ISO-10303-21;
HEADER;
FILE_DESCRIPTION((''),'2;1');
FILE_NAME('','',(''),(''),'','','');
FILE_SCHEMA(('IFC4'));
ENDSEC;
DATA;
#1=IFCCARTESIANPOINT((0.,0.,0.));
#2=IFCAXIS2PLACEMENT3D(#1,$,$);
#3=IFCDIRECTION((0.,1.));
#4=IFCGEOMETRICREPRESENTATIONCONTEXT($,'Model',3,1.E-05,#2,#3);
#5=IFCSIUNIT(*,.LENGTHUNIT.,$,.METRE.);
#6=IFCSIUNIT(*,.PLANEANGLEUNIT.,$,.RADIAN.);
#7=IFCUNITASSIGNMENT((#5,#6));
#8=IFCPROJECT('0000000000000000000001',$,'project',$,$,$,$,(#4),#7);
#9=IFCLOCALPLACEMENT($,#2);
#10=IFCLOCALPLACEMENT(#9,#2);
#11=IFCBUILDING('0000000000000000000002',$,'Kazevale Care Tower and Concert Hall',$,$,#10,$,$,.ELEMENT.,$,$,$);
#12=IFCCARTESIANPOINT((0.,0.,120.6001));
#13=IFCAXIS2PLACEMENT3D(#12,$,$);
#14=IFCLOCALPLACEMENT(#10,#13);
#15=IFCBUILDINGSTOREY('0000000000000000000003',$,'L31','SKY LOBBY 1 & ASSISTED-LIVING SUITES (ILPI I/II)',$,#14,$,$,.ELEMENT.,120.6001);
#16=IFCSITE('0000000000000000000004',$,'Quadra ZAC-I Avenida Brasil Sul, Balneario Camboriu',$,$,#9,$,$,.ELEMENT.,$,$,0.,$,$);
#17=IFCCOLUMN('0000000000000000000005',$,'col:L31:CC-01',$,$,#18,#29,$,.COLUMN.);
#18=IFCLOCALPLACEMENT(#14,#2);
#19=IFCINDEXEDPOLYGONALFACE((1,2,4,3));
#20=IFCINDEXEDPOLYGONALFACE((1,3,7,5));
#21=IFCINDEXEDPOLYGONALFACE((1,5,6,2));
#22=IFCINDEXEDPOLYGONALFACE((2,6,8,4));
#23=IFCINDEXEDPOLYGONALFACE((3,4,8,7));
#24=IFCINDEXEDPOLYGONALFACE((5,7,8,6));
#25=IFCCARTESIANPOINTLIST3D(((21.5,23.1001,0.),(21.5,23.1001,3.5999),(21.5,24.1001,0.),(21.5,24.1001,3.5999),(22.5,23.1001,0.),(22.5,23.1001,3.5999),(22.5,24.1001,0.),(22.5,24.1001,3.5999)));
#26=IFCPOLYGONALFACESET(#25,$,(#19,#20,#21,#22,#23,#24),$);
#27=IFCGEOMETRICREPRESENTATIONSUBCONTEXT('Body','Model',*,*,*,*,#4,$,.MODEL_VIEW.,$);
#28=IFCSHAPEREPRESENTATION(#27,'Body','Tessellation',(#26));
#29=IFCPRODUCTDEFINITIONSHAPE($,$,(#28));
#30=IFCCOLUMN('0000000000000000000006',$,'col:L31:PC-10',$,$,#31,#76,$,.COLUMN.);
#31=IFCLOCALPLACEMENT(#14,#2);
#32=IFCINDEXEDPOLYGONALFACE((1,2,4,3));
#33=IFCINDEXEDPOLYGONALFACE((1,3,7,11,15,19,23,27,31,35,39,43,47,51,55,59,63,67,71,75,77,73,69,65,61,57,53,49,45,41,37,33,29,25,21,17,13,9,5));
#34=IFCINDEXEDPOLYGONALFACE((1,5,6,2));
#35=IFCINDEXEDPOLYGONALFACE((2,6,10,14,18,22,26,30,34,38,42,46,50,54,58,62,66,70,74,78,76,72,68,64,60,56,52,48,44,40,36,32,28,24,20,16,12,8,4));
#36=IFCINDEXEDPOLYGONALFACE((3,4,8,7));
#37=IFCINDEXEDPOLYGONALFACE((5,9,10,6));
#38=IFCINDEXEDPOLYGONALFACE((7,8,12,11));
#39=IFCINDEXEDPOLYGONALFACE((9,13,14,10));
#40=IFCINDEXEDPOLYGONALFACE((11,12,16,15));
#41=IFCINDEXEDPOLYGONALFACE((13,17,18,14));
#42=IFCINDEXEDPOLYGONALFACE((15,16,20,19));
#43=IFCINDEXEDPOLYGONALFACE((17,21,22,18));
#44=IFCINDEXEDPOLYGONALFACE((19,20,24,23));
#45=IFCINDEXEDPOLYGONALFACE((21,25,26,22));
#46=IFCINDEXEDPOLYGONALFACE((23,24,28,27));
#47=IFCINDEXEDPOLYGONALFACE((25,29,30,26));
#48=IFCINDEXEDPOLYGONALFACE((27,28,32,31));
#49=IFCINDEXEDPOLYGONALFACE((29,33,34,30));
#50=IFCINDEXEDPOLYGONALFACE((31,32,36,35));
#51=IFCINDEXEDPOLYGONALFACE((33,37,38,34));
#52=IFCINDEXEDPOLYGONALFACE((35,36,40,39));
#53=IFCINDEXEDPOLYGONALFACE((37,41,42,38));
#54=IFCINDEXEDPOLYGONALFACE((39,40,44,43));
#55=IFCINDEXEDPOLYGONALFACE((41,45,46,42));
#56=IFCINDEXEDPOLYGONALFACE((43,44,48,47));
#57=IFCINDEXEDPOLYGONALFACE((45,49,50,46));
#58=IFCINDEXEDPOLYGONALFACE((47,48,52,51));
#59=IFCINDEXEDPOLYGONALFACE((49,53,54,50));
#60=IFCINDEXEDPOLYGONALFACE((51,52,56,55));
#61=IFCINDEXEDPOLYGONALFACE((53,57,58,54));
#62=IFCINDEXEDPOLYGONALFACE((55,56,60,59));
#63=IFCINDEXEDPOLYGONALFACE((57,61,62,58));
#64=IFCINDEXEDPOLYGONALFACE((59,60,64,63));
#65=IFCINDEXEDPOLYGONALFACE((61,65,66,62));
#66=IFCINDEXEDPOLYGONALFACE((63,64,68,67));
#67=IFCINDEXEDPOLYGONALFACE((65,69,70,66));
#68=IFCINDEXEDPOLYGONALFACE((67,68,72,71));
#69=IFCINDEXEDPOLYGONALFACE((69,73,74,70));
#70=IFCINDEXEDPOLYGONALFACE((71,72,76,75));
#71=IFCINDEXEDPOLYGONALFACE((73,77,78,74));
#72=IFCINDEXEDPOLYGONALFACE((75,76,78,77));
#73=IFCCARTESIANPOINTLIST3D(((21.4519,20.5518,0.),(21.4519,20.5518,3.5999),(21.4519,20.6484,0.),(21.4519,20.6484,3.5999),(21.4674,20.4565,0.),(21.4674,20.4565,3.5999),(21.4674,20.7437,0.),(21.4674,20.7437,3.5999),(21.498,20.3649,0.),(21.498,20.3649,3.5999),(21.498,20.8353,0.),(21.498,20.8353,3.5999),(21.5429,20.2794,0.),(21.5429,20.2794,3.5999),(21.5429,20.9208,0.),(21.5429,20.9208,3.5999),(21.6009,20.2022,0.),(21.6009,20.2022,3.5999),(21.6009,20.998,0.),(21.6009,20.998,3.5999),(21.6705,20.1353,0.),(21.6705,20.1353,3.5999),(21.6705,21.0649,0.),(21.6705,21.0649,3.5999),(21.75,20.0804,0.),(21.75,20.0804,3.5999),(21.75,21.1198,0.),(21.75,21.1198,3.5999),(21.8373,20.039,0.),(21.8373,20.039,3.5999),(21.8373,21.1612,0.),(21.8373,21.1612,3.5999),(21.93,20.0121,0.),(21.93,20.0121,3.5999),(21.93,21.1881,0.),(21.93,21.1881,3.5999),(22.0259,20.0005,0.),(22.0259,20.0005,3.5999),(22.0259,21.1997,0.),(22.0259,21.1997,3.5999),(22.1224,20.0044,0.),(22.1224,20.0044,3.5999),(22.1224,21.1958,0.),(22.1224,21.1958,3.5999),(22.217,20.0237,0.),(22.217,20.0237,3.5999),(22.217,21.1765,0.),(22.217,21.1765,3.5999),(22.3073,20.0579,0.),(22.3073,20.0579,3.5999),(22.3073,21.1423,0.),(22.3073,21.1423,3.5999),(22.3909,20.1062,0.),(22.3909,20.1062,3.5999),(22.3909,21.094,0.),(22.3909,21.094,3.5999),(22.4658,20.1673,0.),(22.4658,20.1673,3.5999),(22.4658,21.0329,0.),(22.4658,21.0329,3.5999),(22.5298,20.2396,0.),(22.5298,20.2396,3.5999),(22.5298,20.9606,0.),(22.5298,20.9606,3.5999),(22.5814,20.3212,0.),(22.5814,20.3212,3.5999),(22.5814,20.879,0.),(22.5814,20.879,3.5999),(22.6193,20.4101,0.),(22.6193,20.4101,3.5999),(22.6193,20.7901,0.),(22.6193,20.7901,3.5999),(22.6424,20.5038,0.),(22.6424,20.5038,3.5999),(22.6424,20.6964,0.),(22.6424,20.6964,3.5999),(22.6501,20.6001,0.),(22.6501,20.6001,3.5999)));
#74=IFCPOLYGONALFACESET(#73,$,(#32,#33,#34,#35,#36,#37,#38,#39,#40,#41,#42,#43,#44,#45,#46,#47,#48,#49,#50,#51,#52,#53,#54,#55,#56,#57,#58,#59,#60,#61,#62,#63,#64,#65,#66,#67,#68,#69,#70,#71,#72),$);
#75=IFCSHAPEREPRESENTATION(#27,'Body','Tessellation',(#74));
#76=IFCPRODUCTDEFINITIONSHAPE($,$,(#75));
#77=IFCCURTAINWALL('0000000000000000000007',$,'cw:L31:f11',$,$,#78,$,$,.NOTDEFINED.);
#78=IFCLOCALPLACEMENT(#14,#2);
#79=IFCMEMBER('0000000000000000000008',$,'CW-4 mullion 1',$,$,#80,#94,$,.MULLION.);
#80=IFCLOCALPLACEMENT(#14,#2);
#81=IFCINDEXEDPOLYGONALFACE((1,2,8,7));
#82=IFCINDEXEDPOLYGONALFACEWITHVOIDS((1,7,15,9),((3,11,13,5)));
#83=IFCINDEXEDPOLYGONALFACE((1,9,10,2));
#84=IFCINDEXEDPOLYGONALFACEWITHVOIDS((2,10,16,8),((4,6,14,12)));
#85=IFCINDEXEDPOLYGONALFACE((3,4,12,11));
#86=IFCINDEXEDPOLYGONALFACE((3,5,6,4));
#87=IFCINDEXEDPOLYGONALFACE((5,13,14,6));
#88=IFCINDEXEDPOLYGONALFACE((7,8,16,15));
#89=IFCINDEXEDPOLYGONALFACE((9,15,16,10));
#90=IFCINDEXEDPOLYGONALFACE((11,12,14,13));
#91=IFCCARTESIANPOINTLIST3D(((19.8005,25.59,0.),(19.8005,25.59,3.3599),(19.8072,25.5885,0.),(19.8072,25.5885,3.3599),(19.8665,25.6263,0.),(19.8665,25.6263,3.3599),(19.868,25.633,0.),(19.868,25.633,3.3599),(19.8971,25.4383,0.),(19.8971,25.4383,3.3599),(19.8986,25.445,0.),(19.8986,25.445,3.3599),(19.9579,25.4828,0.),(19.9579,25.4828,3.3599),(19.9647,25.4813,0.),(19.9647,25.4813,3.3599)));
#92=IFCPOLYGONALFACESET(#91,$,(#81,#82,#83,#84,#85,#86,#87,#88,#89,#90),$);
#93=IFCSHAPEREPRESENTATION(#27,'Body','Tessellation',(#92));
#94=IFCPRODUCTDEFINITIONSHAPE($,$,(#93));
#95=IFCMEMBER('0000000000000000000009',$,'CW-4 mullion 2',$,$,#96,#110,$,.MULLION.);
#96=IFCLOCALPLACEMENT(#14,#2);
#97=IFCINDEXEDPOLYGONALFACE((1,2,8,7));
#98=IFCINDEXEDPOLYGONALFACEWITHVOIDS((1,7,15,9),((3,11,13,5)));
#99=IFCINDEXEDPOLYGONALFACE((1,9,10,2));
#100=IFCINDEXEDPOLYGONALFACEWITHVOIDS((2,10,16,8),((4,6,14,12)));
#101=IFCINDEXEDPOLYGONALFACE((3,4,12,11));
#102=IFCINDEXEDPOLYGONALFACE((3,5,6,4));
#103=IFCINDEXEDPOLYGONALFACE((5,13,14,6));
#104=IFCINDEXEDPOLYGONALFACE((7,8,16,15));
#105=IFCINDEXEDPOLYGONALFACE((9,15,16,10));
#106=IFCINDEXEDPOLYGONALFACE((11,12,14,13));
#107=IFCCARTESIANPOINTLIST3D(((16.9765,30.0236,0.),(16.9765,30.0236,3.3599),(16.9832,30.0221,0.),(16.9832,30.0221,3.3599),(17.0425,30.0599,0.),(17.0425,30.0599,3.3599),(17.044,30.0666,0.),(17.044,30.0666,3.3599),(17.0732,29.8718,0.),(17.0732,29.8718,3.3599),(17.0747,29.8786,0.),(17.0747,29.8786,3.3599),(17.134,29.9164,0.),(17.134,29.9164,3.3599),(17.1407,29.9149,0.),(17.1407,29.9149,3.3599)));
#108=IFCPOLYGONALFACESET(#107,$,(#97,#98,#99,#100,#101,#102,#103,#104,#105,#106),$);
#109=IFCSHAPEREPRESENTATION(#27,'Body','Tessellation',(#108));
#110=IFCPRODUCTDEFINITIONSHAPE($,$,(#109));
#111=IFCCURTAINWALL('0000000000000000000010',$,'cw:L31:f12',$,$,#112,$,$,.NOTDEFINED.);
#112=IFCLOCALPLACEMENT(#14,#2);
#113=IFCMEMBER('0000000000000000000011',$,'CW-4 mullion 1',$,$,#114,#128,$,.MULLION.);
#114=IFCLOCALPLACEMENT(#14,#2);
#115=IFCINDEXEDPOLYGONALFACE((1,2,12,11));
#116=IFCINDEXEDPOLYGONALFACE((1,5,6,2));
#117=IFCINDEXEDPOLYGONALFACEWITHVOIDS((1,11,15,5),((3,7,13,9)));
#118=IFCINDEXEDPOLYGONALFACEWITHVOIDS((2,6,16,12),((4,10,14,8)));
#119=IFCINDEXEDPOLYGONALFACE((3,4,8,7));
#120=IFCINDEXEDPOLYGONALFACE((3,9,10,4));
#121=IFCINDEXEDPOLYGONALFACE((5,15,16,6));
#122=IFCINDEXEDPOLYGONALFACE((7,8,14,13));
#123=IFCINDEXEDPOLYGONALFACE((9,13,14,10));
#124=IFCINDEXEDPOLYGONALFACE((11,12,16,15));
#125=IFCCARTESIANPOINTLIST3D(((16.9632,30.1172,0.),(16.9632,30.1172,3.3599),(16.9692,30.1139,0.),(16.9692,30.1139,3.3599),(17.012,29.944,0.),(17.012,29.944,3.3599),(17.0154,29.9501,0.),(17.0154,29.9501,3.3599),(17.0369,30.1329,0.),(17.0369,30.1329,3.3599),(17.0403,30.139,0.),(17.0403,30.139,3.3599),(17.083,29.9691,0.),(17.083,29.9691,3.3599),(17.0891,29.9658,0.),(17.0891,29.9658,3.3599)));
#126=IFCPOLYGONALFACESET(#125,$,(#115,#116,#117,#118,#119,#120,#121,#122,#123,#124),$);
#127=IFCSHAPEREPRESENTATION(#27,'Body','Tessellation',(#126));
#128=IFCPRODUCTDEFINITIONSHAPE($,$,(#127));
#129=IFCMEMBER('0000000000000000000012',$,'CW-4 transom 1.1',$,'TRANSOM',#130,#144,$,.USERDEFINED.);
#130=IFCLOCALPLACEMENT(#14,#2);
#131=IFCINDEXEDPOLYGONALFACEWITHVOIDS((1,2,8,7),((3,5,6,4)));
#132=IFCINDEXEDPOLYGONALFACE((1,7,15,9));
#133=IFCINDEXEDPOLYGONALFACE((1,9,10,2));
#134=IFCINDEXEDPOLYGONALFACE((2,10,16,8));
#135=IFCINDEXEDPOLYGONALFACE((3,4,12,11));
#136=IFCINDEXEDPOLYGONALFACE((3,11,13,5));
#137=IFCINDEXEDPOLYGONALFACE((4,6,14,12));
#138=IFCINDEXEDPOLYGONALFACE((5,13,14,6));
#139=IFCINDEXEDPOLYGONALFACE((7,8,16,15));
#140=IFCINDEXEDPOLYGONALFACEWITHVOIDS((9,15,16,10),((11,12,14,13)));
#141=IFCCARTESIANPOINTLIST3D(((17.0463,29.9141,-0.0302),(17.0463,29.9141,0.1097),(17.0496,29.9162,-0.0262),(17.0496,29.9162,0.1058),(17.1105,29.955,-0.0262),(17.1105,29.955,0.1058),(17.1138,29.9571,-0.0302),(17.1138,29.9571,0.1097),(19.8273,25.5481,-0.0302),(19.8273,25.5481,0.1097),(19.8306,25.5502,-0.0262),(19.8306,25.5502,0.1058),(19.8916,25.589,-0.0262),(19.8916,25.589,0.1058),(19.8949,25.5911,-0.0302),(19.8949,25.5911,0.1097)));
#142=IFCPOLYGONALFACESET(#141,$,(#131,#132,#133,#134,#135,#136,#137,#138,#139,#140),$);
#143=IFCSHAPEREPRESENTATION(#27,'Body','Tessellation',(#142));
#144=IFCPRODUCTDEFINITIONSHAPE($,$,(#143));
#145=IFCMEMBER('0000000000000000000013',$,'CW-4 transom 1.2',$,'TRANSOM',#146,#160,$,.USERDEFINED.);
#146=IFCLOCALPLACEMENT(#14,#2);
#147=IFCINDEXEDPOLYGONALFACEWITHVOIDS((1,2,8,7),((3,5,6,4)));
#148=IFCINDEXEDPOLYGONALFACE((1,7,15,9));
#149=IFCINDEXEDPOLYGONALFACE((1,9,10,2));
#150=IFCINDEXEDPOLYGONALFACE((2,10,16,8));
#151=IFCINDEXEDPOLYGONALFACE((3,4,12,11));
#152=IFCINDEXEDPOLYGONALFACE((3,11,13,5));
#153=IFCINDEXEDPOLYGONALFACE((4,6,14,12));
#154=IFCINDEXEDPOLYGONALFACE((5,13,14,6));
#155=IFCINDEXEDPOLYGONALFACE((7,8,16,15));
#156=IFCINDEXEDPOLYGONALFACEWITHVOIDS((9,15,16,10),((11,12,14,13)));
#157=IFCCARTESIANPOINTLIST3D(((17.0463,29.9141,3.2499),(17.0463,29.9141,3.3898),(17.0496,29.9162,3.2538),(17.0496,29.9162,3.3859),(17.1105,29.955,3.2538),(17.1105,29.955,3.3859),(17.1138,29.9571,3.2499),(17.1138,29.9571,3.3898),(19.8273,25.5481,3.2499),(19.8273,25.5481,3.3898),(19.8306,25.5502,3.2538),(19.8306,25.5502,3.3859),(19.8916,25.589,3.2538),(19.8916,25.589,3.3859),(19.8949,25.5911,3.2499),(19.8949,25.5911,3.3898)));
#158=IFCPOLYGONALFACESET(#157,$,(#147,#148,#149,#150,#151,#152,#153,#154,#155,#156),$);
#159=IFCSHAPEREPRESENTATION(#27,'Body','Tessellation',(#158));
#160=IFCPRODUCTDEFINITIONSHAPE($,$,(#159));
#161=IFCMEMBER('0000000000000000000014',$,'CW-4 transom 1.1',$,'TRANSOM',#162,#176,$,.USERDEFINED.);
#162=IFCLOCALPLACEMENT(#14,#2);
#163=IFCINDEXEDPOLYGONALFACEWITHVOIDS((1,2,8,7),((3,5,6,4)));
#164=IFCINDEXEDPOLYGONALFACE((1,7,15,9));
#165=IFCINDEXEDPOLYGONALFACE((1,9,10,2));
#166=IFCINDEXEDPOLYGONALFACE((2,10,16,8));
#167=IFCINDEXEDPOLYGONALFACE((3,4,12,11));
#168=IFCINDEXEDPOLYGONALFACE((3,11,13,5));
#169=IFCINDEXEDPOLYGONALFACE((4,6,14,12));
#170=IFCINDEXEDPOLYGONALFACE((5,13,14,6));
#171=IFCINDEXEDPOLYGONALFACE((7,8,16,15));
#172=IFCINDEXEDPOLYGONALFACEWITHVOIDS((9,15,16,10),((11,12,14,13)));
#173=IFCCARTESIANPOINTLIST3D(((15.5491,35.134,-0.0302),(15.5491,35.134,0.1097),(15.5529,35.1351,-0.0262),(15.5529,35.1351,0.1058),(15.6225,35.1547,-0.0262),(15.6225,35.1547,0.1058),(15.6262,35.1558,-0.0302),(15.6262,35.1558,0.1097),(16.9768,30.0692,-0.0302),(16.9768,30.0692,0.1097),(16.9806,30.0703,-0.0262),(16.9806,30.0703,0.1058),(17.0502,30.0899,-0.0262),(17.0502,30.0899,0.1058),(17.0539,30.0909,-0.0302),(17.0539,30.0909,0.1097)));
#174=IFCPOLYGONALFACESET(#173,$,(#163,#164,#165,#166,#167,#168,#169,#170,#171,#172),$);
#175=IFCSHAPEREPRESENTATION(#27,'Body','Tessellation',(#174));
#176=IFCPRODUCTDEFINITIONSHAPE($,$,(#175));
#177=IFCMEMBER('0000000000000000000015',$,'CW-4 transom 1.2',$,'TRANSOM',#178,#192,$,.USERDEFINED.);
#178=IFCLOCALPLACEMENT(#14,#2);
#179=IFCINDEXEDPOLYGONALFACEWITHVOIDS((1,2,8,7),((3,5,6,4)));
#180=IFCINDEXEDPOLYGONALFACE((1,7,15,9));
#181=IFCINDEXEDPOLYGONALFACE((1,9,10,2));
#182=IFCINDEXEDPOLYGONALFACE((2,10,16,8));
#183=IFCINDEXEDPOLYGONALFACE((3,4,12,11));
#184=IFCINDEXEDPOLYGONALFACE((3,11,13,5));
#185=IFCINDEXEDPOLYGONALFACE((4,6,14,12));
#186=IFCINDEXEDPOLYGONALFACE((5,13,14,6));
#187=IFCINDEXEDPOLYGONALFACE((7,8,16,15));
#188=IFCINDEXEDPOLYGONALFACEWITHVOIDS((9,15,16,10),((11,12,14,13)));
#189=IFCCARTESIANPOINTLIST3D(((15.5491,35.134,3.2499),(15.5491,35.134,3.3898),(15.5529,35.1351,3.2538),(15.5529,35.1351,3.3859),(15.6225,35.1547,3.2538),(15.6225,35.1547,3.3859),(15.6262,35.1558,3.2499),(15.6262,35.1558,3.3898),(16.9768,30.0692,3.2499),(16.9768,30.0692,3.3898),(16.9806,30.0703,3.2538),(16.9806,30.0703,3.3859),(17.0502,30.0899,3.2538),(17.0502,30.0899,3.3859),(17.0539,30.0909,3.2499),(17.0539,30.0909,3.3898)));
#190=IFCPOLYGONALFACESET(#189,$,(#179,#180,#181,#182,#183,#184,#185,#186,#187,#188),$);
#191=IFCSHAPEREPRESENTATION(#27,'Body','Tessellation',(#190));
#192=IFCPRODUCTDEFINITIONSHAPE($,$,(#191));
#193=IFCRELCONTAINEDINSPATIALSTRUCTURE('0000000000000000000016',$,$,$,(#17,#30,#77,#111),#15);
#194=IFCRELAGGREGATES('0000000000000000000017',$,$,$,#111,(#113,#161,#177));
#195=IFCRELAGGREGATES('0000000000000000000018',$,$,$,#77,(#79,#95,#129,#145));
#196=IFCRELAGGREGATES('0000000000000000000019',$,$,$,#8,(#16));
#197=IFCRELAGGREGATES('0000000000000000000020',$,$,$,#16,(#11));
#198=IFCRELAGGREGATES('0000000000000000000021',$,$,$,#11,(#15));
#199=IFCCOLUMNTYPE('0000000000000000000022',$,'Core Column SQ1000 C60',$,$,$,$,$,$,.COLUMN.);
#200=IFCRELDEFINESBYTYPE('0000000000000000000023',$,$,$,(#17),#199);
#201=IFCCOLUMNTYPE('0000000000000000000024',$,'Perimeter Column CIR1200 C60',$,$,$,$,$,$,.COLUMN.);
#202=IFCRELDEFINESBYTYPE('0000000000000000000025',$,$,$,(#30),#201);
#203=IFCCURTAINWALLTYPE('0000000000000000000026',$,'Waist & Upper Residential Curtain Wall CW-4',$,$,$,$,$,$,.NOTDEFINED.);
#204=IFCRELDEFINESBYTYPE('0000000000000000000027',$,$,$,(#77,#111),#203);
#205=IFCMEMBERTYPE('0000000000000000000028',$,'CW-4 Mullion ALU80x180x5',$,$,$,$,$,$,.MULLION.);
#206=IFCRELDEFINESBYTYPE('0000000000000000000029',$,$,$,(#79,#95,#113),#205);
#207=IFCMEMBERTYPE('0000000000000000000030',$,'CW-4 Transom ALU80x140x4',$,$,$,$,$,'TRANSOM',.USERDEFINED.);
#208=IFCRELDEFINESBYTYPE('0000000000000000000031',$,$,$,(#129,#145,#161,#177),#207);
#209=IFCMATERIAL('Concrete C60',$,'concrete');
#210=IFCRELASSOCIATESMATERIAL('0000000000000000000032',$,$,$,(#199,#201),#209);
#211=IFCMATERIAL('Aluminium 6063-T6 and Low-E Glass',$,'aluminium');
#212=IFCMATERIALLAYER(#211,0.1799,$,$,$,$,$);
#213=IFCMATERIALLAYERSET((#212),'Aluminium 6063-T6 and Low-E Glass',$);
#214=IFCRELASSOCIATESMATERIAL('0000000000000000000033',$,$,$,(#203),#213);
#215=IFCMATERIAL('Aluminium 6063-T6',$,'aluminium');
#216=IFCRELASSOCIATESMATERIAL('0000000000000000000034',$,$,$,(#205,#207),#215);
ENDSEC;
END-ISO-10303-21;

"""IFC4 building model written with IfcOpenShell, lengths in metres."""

from ifc_helpers import new_model, si_unit, direction, frame, origin, origin_2d, place, context, subcontext, project, spatial, rectangle, hollow_rectangle, circle, extrude, material, layer, layer_set, material_profile, profile_set, type_object, element, aggregate, save


model = new_model("IFC4")

# Units and contexts
model_context = context("Model", 3, precision=1e-05, world=origin(), true_north=direction((0.0, 1.0)))
body_context = subcontext(model_context, "Body", "Model", "MODEL_VIEW")
ifc_project = project(units=[si_unit("LENGTHUNIT", "METRE"), si_unit("PLANEANGLEUNIT", "RADIAN")], contexts=[model_context])

# Site, building, storey
site_placement = place(None, origin())
site = spatial("IfcSite", under=ifc_project, at=site_placement, Name="Quadra ZAC-I Avenida Brasil Sul, Balneario Camboriu", CompositionType="ELEMENT", RefElevation=0.0)
building_placement = place(site_placement, origin())
building = spatial("IfcBuilding", under=site, at=building_placement, Name="Kazevale Care Tower and Concert Hall", CompositionType="ELEMENT")
storey_placement = place(building_placement, frame((0.0, 0.0, 120.6001)))
storey = spatial("IfcBuildingStorey", under=building, at=storey_placement, Name="L31", Description="SKY LOBBY 1 & ASSISTED-LIVING SUITES (ILPI I/II)", CompositionType="ELEMENT", Elevation=120.6001)

# Columns
ifc_material_1 = material(Name="Concrete C60", Category="concrete")
ifc_material_profile_1 = material_profile(ifc_material_1, rectangle(XDim=1.0, YDim=1.0, at=origin_2d()), Name="RC-SQ1000")
ifc_profile_set_1 = profile_set([ifc_material_profile_1], Name="Concrete C60")
column_type_1 = type_object("IfcColumnType", Name="Core Column SQ1000 C60", PredefinedType="COLUMN", material=ifc_profile_set_1)
column_1_placement = place(storey_placement, frame((22.0, 23.6001, 0.0), z_axis=(0.0, 0.0, 1.0), x_axis=(1.0, 0.0, 0.0)))
element("IfcColumn", 1, at=column_1_placement, inside=storey, type_object=column_type_1, Name="col:L31:CC-01", PredefinedType="COLUMN", context=body_context, shape_type="SweptSolid", body=[
    extrude(rectangle(XDim=1.0, YDim=1.0, at=origin_2d()), origin(), (0.0, 0.0, 1.0), 3.5999),
])
ifc_material_profile_2 = material_profile(ifc_material_1, circle(Radius=0.6001, at=origin_2d()), Name="RC-CIR1200")
ifc_profile_set_2 = profile_set([ifc_material_profile_2], Name="Concrete C60")
column_type_2 = type_object("IfcColumnType", Name="Perimeter Column CIR1200 C60", PredefinedType="COLUMN", material=ifc_profile_set_2)
column_2_placement = place(storey_placement, frame((22.05, 20.6001, 0.0), z_axis=(0.0, 0.0, 1.0), x_axis=(1.0, 0.0, 0.0)))
element("IfcColumn", 2, at=column_2_placement, inside=storey, type_object=column_type_2, Name="col:L31:PC-10", PredefinedType="COLUMN", context=body_context, shape_type="SweptSolid", body=[
    extrude(circle(Radius=0.6001, at=origin_2d()), origin(), (0.0, 0.0, 1.0), 3.5999),
])

# Curtain wall, members
ifc_material_2 = material(Name="Aluminium 6063-T6 and Low-E Glass", Category="aluminium")
ifc_layer_1 = layer(ifc_material_2, 0.1799)
ifc_layer_set_1 = layer_set([ifc_layer_1], Name="Aluminium 6063-T6 and Low-E Glass")
curtain_wall_type_1 = type_object("IfcCurtainWallType", Name="Waist & Upper Residential Curtain Wall CW-4", PredefinedType="NOTDEFINED", material=ifc_layer_set_1)
curtain_wall_1_placement = place(storey_placement, origin())
curtain_wall_1 = element("IfcCurtainWall", 3, at=curtain_wall_1_placement, inside=storey, type_object=curtain_wall_type_1, Name="cw:L31:f11", PredefinedType="NOTDEFINED")
ifc_material_3 = material(Name="Aluminium 6063-T6", Category="aluminium")
ifc_material_profile_3 = material_profile(ifc_material_3, hollow_rectangle(XDim=0.0801, YDim=0.1799, WallThickness=0.0049, at=origin_2d()), Name="ALU80x180x5")
ifc_profile_set_3 = profile_set([ifc_material_profile_3], Name="Aluminium 6063-T6")
member_type_1 = type_object("IfcMemberType", Name="CW-4 Mullion ALU80x180x5", PredefinedType="MULLION", material=ifc_profile_set_3)
member_1_placement = place(storey_placement, frame((19.8826, 25.5356, 0.0), z_axis=(0.0, 0.0, 1.0), x_axis=(-0.84343, -0.537239, 0.0)))
member_1 = element("IfcMember", 4, at=member_1_placement, type_object=member_type_1, Name="CW-4 mullion 1", PredefinedType="MULLION", context=body_context, shape_type="SweptSolid", body=[
    extrude(hollow_rectangle(XDim=0.0801, YDim=0.1799, WallThickness=0.0049, at=origin_2d()), origin(), (0.0, 0.0, 1.0), 3.3599),
])
member_2_placement = place(storey_placement, frame((17.0586, 29.9692, 0.0), z_axis=(0.0, 0.0, 1.0), x_axis=(-0.84343, -0.537239, 0.0)))
member_2 = element("IfcMember", 5, at=member_2_placement, type_object=member_type_1, Name="CW-4 mullion 2", PredefinedType="MULLION", context=body_context, shape_type="SweptSolid", body=[
    extrude(hollow_rectangle(XDim=0.0801, YDim=0.1799, WallThickness=0.0049, at=origin_2d()), origin(), (0.0, 0.0, 1.0), 3.3599),
])

# Curtain wall, member
curtain_wall_2_placement = place(storey_placement, origin())
curtain_wall_2 = element("IfcCurtainWall", 6, at=curtain_wall_2_placement, inside=storey, type_object=curtain_wall_type_1, Name="cw:L31:f12", PredefinedType="NOTDEFINED")
member_3_placement = place(storey_placement, frame((17.0261, 30.0415, 0.0), z_axis=(0.0, 0.0, 1.0), x_axis=(-0.962499, -0.271285, 0.0)))
member_3 = element("IfcMember", 7, at=member_3_placement, type_object=member_type_1, Name="CW-4 mullion 1", PredefinedType="MULLION", context=body_context, shape_type="SweptSolid", body=[
    extrude(hollow_rectangle(XDim=0.0801, YDim=0.1799, WallThickness=0.0049, at=origin_2d()), origin(), (0.0, 0.0, 1.0), 3.3599),
])

# Members
ifc_material_profile_4 = material_profile(ifc_material_3, hollow_rectangle(XDim=0.0801, YDim=0.1399, WallThickness=0.0039, at=origin_2d()), Name="ALU80x140x4")
ifc_profile_set_4 = profile_set([ifc_material_profile_4], Name="Aluminium 6063-T6")
member_type_2 = type_object("IfcMemberType", Name="CW-4 Transom ALU80x140x4", ElementType="TRANSOM", PredefinedType="USERDEFINED", material=ifc_profile_set_4)
member_4_placement = place(storey_placement, frame((19.8611, 25.5696, 0.0398), z_axis=(-0.537242, 0.843428, 0.0), x_axis=(-0.843428, -0.537242, 0.0)))
member_4 = element("IfcMember", 8, at=member_4_placement, type_object=member_type_2, Name="CW-4 transom 1.1", ObjectType="TRANSOM", PredefinedType="USERDEFINED", context=body_context, shape_type="SweptSolid", body=[
    extrude(hollow_rectangle(XDim=0.0801, YDim=0.1399, WallThickness=0.0039, at=origin_2d()), origin(), (0.0, 0.0, 1.0), 5.1765),
])
member_5_placement = place(storey_placement, frame((19.8611, 25.5696, 3.3198), z_axis=(-0.537242, 0.843428, 0.0), x_axis=(-0.843428, -0.537242, 0.0)))
member_5 = element("IfcMember", 9, at=member_5_placement, type_object=member_type_2, Name="CW-4 transom 1.2", ObjectType="TRANSOM", PredefinedType="USERDEFINED", context=body_context, shape_type="SweptSolid", body=[
    extrude(hollow_rectangle(XDim=0.0801, YDim=0.1399, WallThickness=0.0039, at=origin_2d()), origin(), (0.0, 0.0, 1.0), 5.1765),
])
member_6_placement = place(storey_placement, frame((17.0154, 30.0801, 0.0398), z_axis=(-0.271313, 0.962491, 0.0), x_axis=(-0.962491, -0.271313, 0.0)))
member_6 = element("IfcMember", 10, at=member_6_placement, type_object=member_type_2, Name="CW-4 transom 1.1", ObjectType="TRANSOM", PredefinedType="USERDEFINED", context=body_context, shape_type="SweptSolid", body=[
    extrude(hollow_rectangle(XDim=0.0801, YDim=0.1399, WallThickness=0.0039, at=origin_2d()), origin(), (0.0, 0.0, 1.0), 5.2622),
])
member_7_placement = place(storey_placement, frame((17.0154, 30.0801, 3.3198), z_axis=(-0.271313, 0.962491, 0.0), x_axis=(-0.962491, -0.271313, 0.0)))
member_7 = element("IfcMember", 11, at=member_7_placement, type_object=member_type_2, Name="CW-4 transom 1.2", ObjectType="TRANSOM", PredefinedType="USERDEFINED", context=body_context, shape_type="SweptSolid", body=[
    extrude(hollow_rectangle(XDim=0.0801, YDim=0.1399, WallThickness=0.0039, at=origin_2d()), origin(), (0.0, 0.0, 1.0), 5.2622),
])
aggregate(curtain_wall_2, [member_3, member_6, member_7])

aggregate(curtain_wall_1, [member_1, member_2, member_4, member_5])

save(model, "model.ifc")
